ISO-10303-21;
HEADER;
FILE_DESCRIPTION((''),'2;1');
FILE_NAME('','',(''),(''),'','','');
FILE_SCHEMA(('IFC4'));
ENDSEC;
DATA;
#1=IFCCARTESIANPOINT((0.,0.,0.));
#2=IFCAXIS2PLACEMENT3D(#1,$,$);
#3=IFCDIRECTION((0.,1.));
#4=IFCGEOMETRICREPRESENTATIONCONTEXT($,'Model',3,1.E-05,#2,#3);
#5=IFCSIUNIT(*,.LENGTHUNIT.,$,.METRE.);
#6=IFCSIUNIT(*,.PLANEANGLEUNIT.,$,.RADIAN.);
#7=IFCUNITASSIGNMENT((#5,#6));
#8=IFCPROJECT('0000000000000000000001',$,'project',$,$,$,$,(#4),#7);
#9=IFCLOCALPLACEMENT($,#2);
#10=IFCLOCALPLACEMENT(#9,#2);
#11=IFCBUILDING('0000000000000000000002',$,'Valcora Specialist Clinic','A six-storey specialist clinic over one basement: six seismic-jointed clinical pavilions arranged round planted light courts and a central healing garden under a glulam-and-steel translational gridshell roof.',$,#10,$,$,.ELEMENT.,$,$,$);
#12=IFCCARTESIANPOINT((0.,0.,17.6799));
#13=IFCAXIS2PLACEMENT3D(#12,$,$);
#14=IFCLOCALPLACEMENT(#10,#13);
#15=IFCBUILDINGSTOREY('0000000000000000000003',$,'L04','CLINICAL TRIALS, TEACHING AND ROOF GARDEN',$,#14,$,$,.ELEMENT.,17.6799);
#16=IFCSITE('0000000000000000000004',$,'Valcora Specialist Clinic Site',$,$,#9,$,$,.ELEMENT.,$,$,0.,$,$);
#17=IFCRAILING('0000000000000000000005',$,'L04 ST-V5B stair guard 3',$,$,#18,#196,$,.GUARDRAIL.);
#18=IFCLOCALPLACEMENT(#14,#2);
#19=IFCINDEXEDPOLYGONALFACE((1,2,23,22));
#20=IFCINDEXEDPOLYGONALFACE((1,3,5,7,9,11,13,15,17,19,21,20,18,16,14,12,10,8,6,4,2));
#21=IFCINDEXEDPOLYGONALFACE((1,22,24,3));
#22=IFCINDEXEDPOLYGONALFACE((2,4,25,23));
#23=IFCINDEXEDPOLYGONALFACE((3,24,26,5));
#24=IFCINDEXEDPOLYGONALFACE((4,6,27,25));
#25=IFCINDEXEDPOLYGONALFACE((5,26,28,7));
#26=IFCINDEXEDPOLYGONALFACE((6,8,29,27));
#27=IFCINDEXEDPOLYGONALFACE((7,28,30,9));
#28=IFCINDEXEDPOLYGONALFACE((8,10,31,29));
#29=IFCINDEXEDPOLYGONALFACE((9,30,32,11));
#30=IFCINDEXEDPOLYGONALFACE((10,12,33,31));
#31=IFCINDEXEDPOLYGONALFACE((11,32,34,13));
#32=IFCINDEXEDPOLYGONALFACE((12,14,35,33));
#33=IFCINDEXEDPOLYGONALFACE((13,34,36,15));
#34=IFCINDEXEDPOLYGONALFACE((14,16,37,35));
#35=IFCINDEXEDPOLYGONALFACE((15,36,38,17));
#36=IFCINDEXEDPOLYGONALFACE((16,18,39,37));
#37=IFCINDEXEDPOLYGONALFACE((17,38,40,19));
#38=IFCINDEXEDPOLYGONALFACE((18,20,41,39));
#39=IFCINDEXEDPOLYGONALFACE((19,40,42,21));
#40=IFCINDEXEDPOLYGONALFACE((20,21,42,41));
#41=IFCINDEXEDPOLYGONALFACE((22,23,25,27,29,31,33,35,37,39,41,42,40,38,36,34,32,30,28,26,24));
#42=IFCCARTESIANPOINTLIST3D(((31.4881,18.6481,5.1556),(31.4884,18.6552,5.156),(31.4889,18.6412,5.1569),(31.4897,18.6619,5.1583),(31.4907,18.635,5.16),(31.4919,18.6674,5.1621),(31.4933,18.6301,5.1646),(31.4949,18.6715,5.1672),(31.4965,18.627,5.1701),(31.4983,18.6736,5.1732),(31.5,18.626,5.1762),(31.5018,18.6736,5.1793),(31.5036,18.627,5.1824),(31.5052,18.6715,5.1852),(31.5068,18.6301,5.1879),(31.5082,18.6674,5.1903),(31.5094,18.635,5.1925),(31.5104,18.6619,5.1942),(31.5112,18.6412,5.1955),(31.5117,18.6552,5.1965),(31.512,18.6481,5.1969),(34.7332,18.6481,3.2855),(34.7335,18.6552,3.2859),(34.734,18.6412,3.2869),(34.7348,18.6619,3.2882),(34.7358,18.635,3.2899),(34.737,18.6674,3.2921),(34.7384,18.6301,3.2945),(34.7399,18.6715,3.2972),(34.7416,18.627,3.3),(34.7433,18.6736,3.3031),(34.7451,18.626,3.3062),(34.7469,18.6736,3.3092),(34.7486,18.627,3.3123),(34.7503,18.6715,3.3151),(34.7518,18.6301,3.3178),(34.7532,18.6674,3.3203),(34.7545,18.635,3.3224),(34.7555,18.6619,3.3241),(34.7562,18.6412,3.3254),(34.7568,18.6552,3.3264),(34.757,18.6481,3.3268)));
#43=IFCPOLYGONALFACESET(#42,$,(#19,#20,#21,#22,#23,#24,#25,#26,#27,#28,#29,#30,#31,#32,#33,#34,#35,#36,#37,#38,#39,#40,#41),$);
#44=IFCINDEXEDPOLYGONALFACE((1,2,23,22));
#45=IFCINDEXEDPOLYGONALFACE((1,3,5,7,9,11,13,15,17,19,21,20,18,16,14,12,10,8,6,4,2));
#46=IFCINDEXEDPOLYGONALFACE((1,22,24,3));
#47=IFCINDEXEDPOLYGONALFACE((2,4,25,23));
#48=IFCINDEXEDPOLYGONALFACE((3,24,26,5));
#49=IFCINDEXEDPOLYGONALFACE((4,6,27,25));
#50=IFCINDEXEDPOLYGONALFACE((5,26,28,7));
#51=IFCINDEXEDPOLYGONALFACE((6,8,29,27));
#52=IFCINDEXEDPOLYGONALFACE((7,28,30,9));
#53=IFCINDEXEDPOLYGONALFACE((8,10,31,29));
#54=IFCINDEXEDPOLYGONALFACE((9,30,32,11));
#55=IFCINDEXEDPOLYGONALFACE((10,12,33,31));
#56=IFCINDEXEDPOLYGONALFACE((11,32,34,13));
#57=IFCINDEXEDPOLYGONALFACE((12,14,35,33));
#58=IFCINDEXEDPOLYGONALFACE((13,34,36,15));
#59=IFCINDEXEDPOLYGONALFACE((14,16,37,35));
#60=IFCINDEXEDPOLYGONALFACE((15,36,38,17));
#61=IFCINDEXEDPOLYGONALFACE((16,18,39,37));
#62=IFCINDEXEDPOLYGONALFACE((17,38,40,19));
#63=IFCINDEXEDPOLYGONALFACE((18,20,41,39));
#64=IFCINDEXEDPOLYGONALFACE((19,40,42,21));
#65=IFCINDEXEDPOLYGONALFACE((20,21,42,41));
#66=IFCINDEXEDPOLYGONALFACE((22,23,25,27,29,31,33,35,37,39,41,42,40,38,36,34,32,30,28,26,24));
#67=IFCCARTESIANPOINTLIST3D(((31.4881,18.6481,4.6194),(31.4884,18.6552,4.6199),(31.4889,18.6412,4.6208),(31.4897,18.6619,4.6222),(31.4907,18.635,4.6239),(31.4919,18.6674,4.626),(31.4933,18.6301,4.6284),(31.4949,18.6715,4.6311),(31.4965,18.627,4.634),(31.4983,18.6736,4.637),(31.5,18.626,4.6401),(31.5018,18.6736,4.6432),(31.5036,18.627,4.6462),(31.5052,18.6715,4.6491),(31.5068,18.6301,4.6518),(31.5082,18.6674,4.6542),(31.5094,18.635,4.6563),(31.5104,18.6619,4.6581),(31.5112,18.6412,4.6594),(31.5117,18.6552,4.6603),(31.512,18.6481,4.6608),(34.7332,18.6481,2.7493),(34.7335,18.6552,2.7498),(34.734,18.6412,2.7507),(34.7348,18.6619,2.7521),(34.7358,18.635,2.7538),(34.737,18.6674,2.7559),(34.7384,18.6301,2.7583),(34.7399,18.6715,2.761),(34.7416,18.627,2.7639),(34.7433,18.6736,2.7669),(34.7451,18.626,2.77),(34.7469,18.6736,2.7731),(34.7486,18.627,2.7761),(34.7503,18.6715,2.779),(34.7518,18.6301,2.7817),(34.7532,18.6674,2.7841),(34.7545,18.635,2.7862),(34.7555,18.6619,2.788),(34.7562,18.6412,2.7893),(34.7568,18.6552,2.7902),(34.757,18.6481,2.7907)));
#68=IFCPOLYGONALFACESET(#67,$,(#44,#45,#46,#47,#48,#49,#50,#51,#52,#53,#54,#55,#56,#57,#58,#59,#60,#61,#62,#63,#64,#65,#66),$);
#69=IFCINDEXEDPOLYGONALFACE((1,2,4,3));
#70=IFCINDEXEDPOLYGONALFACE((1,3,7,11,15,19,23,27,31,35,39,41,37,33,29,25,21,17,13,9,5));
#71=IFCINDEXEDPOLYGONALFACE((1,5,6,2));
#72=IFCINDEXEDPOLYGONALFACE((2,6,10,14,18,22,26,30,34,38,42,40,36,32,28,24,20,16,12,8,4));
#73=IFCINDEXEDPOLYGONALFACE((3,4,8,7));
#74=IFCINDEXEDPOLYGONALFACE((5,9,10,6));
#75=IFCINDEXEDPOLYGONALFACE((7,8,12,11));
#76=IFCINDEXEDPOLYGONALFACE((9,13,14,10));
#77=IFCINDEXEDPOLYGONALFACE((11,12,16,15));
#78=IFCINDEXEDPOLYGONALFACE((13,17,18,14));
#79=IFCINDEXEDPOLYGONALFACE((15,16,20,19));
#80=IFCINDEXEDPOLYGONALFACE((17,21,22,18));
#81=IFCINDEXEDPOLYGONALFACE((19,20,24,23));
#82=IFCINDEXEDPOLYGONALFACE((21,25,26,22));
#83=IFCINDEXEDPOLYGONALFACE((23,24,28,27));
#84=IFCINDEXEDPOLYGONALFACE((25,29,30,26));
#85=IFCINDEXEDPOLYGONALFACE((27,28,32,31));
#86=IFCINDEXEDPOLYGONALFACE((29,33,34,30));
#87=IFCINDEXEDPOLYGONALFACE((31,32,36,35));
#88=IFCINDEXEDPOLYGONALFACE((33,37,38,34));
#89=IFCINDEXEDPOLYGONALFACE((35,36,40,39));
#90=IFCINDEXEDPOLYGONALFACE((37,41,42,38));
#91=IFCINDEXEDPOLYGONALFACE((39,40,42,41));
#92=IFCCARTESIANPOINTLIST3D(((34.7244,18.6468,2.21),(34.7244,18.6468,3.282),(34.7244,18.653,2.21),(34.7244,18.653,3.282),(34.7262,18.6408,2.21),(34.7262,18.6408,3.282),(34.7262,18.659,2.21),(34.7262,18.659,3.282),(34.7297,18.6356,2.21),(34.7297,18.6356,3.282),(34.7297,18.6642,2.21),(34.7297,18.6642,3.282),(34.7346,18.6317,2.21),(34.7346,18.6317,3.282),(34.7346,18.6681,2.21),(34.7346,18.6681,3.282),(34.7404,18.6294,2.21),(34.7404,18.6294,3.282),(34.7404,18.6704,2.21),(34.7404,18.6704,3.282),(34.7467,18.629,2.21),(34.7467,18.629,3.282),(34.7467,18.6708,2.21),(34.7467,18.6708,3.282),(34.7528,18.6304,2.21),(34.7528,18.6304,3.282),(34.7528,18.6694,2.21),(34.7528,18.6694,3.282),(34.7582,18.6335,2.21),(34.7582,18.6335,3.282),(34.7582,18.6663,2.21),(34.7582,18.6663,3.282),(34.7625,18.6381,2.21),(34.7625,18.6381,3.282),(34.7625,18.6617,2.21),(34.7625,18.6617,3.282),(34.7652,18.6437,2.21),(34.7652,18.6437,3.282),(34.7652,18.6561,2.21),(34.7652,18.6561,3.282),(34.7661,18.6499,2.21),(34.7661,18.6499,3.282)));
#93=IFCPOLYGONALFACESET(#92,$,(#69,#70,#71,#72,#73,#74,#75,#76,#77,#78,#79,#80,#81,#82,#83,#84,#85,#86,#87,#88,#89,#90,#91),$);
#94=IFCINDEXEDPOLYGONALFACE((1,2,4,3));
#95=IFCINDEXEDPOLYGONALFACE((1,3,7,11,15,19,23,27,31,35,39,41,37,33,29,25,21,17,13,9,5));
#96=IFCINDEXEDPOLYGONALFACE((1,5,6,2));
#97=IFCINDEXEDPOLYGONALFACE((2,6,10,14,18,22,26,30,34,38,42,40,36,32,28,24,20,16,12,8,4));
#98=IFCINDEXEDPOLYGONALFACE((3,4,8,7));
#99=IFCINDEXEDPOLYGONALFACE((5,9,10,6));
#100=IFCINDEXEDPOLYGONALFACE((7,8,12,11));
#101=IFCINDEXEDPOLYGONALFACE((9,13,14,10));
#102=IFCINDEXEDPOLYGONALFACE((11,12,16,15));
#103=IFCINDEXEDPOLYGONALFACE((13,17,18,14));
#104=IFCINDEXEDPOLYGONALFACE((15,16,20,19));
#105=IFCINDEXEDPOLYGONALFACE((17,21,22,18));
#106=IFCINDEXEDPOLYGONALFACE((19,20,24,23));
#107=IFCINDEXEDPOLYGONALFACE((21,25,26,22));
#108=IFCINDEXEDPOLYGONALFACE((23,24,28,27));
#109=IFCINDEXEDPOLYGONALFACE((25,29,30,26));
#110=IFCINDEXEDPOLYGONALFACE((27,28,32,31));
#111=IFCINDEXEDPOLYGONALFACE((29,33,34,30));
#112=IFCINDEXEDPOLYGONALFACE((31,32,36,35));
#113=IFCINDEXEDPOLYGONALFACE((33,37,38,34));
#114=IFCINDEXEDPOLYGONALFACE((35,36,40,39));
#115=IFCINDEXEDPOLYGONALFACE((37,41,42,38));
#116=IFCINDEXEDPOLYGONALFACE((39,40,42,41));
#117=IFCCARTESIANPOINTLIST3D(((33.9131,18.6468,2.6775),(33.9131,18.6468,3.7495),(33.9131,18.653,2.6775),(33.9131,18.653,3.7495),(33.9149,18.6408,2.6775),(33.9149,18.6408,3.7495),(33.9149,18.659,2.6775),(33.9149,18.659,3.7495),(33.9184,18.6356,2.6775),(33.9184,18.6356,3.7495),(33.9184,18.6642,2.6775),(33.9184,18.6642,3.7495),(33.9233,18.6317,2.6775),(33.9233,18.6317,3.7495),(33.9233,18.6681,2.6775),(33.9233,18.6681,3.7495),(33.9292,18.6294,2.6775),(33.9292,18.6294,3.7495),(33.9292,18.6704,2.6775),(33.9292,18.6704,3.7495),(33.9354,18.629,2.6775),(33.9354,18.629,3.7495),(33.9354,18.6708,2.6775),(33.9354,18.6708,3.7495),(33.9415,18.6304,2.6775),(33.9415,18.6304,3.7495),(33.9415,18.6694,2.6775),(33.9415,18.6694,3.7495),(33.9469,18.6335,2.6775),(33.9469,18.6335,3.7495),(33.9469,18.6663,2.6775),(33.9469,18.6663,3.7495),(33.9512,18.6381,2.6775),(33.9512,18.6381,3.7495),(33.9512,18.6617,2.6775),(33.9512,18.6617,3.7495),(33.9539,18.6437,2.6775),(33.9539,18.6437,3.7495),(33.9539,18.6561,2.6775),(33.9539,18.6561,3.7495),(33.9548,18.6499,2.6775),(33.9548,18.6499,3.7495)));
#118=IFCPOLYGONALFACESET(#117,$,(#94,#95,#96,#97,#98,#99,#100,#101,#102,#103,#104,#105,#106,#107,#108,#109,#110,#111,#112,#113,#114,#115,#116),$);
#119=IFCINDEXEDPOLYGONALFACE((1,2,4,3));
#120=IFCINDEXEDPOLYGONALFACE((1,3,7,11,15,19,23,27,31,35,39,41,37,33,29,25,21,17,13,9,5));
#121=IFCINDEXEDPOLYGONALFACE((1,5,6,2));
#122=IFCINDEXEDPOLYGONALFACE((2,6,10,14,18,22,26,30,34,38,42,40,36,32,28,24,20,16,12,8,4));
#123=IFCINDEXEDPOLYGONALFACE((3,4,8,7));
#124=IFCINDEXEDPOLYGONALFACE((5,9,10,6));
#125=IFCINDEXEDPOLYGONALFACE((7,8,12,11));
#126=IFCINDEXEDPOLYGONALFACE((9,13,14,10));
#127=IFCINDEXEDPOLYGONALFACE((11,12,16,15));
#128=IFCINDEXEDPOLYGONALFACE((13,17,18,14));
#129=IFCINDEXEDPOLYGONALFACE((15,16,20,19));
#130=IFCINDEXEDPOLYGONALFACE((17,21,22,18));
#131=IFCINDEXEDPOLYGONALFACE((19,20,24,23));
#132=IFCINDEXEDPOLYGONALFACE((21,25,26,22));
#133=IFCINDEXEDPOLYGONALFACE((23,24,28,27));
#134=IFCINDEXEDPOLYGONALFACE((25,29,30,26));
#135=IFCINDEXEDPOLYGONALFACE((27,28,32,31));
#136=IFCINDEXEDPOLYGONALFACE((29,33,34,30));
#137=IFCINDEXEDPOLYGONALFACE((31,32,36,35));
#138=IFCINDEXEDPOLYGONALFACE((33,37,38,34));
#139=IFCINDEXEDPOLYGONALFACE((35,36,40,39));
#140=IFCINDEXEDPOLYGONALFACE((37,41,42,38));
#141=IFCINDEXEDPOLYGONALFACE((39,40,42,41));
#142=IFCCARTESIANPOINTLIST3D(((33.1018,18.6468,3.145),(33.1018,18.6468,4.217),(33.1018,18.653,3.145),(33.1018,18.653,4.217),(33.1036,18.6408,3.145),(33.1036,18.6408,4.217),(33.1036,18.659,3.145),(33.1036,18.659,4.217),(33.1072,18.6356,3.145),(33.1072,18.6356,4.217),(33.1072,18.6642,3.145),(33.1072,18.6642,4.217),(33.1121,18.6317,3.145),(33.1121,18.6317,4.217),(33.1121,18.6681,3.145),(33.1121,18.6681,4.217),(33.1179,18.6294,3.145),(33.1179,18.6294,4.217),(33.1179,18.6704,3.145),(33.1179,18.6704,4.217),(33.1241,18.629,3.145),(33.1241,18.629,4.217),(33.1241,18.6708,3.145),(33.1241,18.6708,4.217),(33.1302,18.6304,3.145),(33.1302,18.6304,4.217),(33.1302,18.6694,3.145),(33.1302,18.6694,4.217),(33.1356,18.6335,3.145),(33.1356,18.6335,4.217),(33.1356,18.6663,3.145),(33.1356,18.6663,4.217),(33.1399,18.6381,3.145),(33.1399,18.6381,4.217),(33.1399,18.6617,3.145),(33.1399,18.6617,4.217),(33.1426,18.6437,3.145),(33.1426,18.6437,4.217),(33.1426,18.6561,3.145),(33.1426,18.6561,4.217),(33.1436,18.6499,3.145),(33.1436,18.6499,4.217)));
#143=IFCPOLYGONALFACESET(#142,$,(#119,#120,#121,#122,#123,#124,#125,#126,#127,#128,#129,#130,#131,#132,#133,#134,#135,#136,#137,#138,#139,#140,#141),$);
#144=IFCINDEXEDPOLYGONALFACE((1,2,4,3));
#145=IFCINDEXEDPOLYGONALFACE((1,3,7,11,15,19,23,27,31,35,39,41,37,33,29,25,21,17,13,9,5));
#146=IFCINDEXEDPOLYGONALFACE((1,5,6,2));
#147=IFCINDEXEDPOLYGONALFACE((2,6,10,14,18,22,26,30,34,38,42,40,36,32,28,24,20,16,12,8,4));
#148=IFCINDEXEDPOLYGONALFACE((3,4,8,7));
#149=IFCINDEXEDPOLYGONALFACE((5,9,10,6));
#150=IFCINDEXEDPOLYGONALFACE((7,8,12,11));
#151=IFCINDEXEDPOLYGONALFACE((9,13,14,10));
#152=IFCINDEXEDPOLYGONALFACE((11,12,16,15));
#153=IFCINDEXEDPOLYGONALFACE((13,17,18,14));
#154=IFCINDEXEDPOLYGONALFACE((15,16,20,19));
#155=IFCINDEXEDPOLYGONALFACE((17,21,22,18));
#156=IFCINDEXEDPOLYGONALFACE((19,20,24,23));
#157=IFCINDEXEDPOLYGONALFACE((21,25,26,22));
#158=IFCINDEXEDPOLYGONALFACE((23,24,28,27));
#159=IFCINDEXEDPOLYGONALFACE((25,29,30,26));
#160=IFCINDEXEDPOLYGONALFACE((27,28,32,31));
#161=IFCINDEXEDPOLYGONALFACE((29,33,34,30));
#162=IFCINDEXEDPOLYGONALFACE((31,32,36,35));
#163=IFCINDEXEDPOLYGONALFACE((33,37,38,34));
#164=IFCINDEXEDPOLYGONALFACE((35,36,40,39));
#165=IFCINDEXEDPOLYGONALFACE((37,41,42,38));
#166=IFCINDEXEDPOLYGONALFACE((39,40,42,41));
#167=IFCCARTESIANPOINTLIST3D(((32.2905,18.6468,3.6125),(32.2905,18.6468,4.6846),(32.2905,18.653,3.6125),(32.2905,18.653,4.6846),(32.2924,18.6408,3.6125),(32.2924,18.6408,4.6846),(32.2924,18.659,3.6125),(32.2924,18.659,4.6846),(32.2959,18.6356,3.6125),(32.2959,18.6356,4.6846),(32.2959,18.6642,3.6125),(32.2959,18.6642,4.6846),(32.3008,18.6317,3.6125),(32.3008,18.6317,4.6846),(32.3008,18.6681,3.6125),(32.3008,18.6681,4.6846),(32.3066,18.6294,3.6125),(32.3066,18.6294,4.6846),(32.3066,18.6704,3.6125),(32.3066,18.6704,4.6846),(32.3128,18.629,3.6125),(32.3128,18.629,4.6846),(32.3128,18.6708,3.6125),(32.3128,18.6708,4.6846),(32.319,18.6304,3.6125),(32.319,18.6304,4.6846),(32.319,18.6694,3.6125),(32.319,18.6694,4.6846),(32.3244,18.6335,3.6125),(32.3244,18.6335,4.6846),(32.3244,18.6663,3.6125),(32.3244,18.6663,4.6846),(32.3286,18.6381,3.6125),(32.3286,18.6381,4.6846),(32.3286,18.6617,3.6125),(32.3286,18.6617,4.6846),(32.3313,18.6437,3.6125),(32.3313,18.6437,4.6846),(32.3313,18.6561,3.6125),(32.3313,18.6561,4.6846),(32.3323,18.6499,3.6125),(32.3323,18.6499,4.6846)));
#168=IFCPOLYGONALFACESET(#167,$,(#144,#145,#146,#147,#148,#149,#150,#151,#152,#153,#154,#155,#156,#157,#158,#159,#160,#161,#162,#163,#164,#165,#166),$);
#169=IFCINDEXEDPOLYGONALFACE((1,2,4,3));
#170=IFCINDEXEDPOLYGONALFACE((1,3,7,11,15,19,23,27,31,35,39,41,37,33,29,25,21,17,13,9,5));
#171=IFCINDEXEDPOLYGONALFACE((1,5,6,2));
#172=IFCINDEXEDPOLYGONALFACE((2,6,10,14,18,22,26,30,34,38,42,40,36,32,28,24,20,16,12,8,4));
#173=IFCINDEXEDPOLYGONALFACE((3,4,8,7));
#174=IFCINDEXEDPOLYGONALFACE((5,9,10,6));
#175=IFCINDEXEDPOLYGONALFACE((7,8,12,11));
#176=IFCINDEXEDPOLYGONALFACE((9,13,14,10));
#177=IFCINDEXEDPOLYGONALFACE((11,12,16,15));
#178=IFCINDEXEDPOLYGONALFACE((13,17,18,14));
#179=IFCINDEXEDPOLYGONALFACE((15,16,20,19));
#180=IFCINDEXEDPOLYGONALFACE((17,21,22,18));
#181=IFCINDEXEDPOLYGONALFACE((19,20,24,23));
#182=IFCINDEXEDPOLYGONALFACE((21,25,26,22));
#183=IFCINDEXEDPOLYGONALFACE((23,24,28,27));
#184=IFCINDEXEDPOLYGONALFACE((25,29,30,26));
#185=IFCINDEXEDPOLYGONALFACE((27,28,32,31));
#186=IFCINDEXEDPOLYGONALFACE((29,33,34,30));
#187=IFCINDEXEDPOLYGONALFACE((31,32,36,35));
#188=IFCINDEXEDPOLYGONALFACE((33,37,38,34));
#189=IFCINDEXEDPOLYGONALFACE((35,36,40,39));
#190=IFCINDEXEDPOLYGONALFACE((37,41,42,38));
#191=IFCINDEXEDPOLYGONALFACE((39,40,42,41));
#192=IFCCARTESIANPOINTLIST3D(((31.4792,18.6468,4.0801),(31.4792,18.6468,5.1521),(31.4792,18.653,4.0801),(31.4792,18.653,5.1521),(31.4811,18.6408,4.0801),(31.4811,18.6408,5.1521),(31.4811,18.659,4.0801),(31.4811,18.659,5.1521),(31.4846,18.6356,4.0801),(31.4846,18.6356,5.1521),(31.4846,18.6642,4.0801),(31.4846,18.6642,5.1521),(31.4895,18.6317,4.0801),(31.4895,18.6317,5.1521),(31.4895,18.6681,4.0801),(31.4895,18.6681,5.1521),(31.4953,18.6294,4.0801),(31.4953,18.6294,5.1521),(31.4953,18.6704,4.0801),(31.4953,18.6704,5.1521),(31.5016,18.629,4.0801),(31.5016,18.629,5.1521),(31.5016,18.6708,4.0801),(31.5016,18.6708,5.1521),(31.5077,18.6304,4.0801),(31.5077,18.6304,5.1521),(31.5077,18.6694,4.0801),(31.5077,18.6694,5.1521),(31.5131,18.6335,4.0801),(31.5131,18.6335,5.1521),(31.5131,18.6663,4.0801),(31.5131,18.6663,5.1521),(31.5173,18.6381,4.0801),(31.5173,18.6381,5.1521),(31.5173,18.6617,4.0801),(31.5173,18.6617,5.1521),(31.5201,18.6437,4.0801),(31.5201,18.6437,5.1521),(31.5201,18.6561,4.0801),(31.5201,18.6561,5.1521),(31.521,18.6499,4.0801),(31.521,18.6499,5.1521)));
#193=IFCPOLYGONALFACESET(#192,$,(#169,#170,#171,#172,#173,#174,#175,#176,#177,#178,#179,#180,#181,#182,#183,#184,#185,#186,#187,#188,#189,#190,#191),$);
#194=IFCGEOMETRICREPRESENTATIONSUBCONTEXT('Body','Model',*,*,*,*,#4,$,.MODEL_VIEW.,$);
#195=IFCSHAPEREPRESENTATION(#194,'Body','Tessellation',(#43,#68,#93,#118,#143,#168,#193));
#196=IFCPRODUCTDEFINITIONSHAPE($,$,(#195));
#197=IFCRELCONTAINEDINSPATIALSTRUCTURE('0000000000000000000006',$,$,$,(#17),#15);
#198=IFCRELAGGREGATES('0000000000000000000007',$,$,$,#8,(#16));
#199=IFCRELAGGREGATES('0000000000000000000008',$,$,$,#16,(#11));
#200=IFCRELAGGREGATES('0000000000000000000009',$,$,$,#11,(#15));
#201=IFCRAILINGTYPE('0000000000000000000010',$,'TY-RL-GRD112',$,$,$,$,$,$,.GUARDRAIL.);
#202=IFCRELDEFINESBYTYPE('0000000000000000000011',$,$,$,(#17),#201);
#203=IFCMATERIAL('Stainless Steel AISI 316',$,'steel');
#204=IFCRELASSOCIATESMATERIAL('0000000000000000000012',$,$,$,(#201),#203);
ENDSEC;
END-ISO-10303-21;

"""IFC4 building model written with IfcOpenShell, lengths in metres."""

from ifc_helpers import new_model, si_unit, direction, frame, origin, origin_2d, place, context, subcontext, project, spatial, circle, extrude, material, type_object, element, save


model = new_model("IFC4")

# Units and contexts
model_context = context("Model", 3, precision=1e-05, world=origin(), true_north=direction((0.0, 1.0)))
body_context = subcontext(model_context, "Body", "Model", "MODEL_VIEW")
ifc_project = project(units=[si_unit("LENGTHUNIT", "METRE"), si_unit("PLANEANGLEUNIT", "RADIAN")], contexts=[model_context])

# Site, building, storey
site_placement = place(None, origin())
site = spatial("IfcSite", under=ifc_project, at=site_placement, Name="Valcora Specialist Clinic Site", CompositionType="ELEMENT", RefElevation=0.0)
building_placement = place(site_placement, origin())
building = spatial("IfcBuilding", under=site, at=building_placement, Name="Valcora Specialist Clinic", Description="A six-storey specialist clinic over one basement: six seismic-jointed clinical pavilions arranged round planted light courts and a central healing garden under a glulam-and-steel translational gridshell roof.", CompositionType="ELEMENT")
storey_placement = place(building_placement, frame((0.0, 0.0, 17.6799)))
storey = spatial("IfcBuildingStorey", under=building, at=storey_placement, Name="L04", Description="CLINICAL TRIALS, TEACHING AND ROOF GARDEN", CompositionType="ELEMENT", Elevation=17.6799)

# Railing
ifc_material_1 = material(Name="Stainless Steel AISI 316", Category="steel")
railing_type_1 = type_object("IfcRailingType", Name="TY-RL-GRD112", PredefinedType="GUARDRAIL", material=ifc_material_1)
railing_1_placement = place(storey_placement, frame((34.7451, 18.6499, 2.21)))
element("IfcRailing", 1, at=railing_1_placement, inside=storey, type_object=railing_type_1, Name="L04 ST-V5B stair guard 3", PredefinedType="GUARDRAIL", context=body_context, shape_type="SweptSolid", body=[
    extrude(circle(Radius=0.0239, at=origin_2d()), frame((0.0, 0.0, 1.0962), z_axis=(-0.866424, 0.0, 0.499309), x_axis=(0.0, -1.0, 0.0)), (0.0, 0.0, 1.0), 3.7454),
    extrude(circle(Radius=0.0239, at=origin_2d()), frame((0.0, 0.0, 0.5601), z_axis=(-0.866424, 0.0, 0.499309), x_axis=(0.0, -1.0, 0.0)), (0.0, 0.0, 1.0), 3.7454),
    extrude(circle(Radius=0.021, at=origin_2d()), origin(), (0.0, 0.0, 1.0), 1.072),
    extrude(circle(Radius=0.021, at=origin_2d()), frame((-0.8113, 0.0, 0.4675)), (0.0, 0.0, 1.0), 1.072),
    extrude(circle(Radius=0.021, at=origin_2d()), frame((-1.6226, 0.0, 0.9351)), (0.0, 0.0, 1.0), 1.072),
    extrude(circle(Radius=0.021, at=origin_2d()), frame((-2.4338, 0.0, 1.4026)), (0.0, 0.0, 1.0), 1.072),
    extrude(circle(Radius=0.021, at=origin_2d()), frame((-3.2451, 0.0, 1.8701)), (0.0, 0.0, 1.0), 1.072),
])

save(model, "model.ifc")
